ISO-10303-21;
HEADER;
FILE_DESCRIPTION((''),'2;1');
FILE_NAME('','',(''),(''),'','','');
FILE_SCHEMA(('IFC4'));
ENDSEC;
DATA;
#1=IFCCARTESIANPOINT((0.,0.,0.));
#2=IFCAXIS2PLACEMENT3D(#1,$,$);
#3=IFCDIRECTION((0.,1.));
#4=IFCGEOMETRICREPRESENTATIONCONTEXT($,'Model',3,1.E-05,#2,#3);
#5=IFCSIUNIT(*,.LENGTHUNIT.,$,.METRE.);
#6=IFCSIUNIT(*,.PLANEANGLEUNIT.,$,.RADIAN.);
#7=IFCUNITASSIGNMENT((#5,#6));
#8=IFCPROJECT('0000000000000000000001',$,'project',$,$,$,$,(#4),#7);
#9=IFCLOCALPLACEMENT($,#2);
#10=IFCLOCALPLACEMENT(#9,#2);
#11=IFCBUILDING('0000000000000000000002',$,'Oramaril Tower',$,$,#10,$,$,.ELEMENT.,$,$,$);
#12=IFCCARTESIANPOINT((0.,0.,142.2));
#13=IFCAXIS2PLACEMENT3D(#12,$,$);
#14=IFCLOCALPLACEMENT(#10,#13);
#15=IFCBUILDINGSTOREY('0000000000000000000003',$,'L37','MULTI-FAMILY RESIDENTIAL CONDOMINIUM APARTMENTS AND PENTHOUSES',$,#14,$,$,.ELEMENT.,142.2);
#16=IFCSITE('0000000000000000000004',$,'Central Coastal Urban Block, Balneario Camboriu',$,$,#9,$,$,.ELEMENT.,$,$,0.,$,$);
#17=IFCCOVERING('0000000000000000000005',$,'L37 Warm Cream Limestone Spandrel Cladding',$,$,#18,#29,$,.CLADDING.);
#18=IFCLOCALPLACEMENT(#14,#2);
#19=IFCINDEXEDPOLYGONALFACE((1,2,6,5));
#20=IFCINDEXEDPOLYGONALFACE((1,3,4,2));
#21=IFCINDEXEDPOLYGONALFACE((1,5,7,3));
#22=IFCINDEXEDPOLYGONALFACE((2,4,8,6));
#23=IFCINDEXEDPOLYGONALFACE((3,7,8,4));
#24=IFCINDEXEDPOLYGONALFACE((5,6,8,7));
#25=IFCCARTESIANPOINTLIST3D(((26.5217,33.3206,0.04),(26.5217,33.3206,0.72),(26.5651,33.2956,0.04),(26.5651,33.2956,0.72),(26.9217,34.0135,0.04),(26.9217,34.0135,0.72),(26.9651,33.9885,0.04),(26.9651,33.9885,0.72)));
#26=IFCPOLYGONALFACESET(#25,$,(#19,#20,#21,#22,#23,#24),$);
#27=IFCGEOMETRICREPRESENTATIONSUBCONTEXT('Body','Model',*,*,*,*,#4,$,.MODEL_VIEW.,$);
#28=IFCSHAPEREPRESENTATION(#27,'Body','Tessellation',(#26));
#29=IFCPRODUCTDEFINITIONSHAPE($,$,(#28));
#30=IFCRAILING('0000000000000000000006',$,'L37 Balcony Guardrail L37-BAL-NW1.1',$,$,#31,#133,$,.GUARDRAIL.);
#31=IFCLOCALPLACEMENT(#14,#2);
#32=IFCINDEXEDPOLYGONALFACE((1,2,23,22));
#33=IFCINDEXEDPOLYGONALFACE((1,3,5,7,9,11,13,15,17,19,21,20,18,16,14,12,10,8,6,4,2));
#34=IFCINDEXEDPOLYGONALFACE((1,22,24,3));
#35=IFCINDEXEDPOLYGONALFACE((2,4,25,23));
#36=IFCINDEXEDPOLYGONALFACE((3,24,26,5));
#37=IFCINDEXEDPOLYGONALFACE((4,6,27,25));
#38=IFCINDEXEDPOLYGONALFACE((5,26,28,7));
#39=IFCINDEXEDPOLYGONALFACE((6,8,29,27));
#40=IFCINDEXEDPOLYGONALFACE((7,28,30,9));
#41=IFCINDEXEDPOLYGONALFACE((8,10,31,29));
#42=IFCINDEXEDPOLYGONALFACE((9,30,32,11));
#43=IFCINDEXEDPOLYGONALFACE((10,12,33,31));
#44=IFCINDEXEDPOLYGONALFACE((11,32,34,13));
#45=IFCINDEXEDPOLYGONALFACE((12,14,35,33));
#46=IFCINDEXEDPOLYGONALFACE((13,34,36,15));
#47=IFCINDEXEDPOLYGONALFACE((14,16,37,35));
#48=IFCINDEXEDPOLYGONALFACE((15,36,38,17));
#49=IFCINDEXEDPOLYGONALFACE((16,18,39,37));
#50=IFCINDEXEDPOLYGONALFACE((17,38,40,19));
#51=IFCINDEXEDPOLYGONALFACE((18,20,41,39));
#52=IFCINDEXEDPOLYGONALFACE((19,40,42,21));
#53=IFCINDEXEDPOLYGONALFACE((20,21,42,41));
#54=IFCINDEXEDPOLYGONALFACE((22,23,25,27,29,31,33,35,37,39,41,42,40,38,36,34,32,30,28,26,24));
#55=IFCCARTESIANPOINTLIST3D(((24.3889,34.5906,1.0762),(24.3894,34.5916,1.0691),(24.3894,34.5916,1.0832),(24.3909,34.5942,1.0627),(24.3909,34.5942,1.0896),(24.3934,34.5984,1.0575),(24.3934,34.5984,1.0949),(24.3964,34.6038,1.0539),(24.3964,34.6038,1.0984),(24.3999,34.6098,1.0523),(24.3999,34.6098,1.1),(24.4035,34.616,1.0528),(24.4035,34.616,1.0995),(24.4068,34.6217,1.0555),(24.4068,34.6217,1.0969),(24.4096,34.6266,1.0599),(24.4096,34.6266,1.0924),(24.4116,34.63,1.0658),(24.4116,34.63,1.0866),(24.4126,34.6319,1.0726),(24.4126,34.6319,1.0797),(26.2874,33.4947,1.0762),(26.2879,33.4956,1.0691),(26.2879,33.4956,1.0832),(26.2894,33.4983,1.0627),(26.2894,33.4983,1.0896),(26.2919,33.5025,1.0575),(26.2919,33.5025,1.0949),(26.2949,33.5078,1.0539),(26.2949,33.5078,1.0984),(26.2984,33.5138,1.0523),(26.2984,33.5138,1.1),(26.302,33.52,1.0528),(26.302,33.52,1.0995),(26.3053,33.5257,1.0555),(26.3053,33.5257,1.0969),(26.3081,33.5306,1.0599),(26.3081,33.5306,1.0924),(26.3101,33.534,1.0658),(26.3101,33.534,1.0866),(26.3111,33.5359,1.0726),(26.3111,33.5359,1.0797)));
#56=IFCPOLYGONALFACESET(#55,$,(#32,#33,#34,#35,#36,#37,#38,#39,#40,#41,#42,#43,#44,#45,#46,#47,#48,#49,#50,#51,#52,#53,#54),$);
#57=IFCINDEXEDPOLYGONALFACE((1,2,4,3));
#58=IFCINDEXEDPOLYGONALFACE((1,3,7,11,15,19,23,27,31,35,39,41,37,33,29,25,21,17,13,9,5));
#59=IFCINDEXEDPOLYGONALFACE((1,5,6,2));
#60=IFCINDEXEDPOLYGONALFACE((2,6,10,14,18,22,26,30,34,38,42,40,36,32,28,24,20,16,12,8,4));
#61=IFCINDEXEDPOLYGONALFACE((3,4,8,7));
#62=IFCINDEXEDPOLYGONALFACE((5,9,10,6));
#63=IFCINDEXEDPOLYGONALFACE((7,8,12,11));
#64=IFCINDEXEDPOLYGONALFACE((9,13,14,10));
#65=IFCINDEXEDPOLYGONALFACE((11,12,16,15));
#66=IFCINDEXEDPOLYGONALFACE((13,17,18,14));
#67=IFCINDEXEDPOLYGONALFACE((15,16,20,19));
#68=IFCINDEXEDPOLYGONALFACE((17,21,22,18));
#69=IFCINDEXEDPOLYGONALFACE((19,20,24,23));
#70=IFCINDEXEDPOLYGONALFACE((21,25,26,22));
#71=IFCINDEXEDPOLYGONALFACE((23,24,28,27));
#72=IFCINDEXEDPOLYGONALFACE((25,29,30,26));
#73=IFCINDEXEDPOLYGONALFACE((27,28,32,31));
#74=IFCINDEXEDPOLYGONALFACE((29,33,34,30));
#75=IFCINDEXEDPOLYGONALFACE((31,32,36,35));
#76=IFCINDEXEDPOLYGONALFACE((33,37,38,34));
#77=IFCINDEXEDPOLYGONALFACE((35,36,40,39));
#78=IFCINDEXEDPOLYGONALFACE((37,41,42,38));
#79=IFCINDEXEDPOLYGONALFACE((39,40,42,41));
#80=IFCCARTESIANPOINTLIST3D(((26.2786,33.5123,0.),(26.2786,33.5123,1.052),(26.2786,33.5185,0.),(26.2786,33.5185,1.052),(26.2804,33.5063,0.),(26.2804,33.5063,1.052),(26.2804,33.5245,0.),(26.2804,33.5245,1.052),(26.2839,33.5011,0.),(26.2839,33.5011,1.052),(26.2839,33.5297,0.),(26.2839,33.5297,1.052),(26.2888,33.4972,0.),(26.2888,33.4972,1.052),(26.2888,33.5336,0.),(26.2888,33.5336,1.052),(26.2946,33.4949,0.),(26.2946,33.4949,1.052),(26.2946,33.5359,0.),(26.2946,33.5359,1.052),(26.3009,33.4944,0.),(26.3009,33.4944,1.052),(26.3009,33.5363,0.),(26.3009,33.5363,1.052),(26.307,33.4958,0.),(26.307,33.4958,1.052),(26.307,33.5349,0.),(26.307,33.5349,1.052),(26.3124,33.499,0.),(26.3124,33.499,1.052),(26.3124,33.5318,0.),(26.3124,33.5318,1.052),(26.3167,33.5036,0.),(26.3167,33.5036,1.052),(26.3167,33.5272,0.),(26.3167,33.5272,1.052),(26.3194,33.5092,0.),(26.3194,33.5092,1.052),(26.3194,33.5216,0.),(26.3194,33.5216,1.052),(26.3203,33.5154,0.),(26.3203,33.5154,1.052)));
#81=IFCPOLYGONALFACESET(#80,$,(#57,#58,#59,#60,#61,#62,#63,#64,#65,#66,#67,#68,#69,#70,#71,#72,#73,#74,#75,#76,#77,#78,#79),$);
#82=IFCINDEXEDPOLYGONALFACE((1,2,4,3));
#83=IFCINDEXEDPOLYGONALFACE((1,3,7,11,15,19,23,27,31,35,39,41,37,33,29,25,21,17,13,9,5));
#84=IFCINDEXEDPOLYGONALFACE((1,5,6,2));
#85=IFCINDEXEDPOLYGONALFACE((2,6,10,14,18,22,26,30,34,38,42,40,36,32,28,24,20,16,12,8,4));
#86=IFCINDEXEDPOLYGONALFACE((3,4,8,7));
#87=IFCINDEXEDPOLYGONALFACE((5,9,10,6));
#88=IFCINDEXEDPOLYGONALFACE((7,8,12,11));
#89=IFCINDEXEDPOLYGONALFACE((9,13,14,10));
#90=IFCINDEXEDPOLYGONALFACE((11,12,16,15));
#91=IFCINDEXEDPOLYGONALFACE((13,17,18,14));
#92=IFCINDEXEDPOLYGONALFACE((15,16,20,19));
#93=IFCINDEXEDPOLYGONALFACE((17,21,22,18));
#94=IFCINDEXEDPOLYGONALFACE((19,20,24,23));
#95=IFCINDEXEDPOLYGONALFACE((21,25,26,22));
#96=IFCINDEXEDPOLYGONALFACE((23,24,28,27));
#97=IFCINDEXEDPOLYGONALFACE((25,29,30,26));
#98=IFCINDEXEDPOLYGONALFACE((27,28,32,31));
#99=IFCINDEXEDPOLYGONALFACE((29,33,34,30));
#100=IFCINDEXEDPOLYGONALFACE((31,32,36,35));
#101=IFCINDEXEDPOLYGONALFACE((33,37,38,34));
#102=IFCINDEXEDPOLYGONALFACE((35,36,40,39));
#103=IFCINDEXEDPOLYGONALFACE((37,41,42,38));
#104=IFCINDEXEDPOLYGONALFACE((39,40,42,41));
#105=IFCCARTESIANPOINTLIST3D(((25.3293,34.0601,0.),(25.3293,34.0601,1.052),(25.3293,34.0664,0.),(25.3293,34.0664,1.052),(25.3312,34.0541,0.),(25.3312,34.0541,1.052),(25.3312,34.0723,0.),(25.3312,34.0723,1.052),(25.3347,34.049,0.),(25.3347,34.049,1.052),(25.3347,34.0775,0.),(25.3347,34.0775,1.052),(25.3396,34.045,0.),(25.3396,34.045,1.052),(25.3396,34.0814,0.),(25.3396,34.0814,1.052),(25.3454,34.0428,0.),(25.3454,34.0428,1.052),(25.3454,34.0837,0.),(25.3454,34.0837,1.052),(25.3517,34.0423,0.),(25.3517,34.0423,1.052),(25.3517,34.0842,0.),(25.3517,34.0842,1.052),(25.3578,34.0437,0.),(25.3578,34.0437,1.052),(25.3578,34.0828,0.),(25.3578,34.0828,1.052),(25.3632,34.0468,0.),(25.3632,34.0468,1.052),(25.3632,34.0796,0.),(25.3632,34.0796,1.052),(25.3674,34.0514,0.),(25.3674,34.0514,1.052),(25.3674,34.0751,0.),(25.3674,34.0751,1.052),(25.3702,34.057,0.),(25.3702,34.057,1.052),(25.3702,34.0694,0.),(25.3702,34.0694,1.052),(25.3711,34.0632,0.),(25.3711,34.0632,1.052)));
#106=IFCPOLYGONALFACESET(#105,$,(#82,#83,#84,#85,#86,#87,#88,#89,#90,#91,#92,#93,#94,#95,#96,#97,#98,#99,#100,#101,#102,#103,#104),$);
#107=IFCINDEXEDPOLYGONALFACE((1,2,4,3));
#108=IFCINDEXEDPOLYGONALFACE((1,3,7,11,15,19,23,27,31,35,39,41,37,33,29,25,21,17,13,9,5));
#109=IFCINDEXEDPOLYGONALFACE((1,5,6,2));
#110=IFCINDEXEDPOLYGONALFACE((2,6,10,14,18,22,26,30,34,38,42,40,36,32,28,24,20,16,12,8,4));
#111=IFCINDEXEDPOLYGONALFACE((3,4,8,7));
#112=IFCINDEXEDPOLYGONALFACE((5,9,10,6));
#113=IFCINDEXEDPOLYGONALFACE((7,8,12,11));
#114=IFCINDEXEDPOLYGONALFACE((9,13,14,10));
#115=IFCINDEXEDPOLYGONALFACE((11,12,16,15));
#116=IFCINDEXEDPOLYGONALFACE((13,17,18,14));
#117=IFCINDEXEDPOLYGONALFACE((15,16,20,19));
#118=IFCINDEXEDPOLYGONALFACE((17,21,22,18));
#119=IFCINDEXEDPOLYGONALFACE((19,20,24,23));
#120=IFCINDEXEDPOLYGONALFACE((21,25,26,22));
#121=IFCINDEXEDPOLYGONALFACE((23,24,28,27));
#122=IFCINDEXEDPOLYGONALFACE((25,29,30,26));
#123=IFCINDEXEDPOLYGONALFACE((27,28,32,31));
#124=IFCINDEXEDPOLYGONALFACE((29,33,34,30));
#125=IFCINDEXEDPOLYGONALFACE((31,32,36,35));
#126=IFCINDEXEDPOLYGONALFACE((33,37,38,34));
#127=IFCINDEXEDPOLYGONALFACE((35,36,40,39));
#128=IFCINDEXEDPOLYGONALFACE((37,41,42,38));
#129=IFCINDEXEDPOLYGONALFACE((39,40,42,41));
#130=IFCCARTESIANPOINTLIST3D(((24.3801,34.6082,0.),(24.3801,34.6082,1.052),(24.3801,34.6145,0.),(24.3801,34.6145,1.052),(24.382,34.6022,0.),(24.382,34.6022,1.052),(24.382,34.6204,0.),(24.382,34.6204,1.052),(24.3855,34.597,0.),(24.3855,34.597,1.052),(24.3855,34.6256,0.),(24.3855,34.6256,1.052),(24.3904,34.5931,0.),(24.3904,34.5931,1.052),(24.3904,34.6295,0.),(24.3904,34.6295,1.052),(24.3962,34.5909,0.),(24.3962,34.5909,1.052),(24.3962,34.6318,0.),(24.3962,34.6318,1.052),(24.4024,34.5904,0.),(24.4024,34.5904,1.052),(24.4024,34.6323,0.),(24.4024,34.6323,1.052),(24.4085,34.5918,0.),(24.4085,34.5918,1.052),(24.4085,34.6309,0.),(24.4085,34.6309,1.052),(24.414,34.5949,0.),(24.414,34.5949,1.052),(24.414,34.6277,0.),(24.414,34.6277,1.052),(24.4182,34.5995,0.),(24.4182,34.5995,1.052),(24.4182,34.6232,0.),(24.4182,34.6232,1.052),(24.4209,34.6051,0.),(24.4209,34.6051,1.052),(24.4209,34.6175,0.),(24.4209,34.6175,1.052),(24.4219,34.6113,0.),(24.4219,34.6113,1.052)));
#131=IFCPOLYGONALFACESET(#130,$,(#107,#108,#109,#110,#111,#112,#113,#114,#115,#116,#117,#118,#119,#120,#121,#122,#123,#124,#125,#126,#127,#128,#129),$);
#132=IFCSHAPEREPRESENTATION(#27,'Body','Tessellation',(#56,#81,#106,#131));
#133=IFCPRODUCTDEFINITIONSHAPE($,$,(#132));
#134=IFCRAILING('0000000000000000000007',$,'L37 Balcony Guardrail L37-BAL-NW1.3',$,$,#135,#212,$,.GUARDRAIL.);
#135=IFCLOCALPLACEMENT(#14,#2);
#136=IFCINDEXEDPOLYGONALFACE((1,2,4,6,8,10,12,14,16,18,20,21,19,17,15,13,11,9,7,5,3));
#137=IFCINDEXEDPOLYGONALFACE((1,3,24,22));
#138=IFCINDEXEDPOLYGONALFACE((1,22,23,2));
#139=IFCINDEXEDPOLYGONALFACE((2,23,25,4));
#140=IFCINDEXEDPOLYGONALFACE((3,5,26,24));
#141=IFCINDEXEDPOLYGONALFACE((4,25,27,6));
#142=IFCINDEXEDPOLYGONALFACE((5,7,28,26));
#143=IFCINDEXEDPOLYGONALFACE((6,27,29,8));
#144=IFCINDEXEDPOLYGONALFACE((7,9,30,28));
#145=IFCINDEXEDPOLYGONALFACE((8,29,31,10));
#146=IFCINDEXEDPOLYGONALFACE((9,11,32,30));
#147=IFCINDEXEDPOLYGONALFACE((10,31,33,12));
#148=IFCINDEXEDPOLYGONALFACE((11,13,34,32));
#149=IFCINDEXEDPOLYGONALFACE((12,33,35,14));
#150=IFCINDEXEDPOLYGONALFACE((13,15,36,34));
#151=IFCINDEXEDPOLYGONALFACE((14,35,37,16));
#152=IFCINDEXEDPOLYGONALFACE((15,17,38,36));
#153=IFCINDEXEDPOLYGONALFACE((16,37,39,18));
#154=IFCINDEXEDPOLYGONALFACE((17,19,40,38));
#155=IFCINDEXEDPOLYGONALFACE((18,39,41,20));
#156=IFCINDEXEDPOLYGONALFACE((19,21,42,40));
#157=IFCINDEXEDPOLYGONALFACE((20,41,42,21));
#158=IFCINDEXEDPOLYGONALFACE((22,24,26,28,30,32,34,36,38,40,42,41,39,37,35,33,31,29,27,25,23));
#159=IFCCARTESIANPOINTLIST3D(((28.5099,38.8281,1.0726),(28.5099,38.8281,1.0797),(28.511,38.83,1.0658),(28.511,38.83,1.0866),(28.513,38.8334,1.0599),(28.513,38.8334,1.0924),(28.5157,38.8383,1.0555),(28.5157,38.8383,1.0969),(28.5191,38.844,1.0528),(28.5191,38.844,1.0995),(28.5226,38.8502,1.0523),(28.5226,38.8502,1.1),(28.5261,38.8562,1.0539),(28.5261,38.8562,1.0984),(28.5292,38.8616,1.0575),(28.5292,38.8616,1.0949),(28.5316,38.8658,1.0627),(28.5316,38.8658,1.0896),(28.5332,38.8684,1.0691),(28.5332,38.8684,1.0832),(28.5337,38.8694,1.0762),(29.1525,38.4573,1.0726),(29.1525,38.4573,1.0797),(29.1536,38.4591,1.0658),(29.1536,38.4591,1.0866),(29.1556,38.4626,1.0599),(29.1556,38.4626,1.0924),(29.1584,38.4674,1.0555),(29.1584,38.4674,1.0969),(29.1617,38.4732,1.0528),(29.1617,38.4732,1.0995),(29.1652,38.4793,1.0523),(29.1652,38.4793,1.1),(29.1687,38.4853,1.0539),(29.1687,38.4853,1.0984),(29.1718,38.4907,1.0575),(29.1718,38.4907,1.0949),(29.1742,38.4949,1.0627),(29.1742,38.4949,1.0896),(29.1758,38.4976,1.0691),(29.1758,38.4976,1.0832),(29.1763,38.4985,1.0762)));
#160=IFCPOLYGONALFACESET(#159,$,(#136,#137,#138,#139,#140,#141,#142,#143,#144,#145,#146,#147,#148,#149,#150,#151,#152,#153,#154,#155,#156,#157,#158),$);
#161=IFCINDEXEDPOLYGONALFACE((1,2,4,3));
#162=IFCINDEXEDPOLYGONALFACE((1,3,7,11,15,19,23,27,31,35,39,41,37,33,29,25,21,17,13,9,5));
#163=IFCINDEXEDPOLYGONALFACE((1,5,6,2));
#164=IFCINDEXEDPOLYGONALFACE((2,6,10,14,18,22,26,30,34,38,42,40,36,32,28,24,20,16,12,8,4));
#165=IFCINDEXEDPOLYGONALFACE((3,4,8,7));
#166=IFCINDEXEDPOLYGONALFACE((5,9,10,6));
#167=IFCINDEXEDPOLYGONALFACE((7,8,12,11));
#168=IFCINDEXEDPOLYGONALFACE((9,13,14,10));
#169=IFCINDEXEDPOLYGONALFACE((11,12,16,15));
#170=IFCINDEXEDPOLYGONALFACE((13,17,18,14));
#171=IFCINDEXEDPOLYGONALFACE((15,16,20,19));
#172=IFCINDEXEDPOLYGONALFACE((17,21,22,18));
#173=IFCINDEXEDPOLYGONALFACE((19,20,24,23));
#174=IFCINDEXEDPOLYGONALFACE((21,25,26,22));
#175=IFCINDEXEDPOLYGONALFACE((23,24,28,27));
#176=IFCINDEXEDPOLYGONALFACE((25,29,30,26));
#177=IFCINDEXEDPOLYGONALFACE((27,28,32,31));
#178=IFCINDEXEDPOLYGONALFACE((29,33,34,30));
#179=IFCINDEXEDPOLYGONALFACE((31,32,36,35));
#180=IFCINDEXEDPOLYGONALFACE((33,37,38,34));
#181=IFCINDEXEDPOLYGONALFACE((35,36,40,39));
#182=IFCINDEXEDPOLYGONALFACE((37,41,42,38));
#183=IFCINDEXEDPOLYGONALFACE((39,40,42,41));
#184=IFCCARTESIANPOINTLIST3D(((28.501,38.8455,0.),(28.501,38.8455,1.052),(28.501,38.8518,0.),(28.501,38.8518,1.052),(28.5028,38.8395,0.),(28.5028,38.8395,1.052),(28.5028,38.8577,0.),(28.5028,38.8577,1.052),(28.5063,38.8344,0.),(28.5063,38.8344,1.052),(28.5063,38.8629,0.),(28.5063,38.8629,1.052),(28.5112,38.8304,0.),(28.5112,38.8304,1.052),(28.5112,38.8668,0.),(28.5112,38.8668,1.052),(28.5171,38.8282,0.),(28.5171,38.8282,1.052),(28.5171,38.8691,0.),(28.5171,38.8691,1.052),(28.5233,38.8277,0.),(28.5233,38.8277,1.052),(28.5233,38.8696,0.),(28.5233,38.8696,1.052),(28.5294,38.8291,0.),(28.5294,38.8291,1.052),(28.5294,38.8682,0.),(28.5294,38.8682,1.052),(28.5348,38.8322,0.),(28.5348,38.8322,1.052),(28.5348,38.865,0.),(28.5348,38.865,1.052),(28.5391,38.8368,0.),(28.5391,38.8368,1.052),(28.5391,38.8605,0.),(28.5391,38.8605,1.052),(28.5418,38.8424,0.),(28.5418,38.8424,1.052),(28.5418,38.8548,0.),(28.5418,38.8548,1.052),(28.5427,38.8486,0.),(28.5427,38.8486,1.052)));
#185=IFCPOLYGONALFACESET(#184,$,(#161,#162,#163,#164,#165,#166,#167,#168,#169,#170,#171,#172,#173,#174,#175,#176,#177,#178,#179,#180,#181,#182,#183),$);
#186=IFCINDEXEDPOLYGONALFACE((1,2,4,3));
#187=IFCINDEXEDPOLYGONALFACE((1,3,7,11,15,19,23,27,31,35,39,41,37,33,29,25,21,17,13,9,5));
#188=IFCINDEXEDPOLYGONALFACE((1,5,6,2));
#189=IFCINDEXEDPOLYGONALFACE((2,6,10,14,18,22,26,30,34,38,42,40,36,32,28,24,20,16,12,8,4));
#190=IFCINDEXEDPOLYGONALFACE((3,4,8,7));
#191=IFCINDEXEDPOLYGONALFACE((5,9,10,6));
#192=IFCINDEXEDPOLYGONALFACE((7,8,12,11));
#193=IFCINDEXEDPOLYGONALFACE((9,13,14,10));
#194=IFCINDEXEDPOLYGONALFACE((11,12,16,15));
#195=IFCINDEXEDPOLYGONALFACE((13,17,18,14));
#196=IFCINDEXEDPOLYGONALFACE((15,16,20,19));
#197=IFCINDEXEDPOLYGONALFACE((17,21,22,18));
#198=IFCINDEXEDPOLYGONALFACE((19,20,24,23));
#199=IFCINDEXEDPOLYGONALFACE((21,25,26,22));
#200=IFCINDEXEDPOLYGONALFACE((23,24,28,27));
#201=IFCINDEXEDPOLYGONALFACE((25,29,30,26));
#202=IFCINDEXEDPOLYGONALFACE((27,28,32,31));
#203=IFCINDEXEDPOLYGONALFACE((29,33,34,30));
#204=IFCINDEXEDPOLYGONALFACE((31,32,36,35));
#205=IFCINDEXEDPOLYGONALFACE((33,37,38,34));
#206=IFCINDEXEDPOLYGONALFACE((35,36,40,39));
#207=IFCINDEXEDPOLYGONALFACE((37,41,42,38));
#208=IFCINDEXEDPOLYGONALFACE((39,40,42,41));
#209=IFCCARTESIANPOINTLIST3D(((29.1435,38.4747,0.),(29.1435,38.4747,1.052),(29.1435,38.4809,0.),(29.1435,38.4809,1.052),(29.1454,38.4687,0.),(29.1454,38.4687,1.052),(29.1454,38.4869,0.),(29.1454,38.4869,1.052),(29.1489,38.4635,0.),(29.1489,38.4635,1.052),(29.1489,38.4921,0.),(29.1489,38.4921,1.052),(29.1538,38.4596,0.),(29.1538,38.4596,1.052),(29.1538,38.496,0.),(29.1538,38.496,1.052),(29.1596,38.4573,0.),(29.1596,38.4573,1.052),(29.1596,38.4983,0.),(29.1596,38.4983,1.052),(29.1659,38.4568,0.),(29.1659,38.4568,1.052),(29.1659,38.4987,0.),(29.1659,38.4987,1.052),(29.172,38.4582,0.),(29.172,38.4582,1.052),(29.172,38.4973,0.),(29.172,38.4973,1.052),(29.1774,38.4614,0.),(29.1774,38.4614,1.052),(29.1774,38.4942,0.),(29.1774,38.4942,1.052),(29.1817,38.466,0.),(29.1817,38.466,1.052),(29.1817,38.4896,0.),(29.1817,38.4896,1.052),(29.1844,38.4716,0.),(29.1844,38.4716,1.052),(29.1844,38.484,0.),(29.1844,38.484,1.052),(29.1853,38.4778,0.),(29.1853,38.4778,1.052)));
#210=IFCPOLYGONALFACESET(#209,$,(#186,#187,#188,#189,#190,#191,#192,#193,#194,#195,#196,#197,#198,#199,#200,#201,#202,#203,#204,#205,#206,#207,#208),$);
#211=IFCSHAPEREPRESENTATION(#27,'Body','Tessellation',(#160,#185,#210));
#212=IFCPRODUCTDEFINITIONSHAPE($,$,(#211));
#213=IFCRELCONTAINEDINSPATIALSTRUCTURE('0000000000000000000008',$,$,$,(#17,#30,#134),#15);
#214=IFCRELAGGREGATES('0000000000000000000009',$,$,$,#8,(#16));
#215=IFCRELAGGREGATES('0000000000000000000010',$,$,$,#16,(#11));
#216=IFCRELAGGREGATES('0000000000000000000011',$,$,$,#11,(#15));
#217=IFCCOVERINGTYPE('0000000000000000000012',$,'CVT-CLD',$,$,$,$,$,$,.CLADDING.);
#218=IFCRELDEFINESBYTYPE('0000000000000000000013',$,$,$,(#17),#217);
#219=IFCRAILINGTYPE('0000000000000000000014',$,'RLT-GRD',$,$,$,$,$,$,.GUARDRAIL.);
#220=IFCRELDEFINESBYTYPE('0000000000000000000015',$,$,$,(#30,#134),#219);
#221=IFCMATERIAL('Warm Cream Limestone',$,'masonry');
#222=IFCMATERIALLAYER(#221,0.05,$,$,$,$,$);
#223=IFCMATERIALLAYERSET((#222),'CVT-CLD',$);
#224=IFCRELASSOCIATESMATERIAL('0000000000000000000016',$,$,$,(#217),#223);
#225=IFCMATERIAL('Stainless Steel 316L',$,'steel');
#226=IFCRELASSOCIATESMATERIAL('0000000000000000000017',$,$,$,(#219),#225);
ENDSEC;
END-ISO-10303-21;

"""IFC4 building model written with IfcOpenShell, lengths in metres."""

from ifc_helpers import new_model, si_unit, direction, frame, origin, origin_2d, place, context, subcontext, project, spatial, rectangle, circle, extrude, material, layer, layer_set, type_object, element, save


model = new_model("IFC4")

# Units and contexts
model_context = context("Model", 3, precision=1e-05, world=origin(), true_north=direction((0.0, 1.0)))
body_context = subcontext(model_context, "Body", "Model", "MODEL_VIEW")
ifc_project = project(units=[si_unit("LENGTHUNIT", "METRE"), si_unit("PLANEANGLEUNIT", "RADIAN")], contexts=[model_context])

# Site, building, storey
site_placement = place(None, origin())
site = spatial("IfcSite", under=ifc_project, at=site_placement, Name="Central Coastal Urban Block, Balneario Camboriu", CompositionType="ELEMENT", RefElevation=0.0)
building_placement = place(site_placement, origin())
building = spatial("IfcBuilding", under=site, at=building_placement, Name="Oramaril Tower", CompositionType="ELEMENT")
storey_placement = place(building_placement, frame((0.0, 0.0, 142.2)))
storey = spatial("IfcBuildingStorey", under=building, at=storey_placement, Name="L37", Description="MULTI-FAMILY RESIDENTIAL CONDOMINIUM APARTMENTS AND PENTHOUSES", CompositionType="ELEMENT", Elevation=142.2)

# Covering
ifc_material_1 = material(Name="Warm Cream Limestone", Category="masonry")
ifc_layer_1 = layer(ifc_material_1, 0.05)
ifc_layer_set_1 = layer_set([ifc_layer_1], Name="CVT-CLD")
covering_type = type_object("IfcCoveringType", Name="CVT-CLD", PredefinedType="CLADDING", material=ifc_layer_set_1)
covering_1_placement = place(storey_placement, frame((26.7434, 33.6545, 0.04), z_axis=(0.0, 0.0, 1.0), x_axis=(-0.499998, -0.866026, 0.0)))
element("IfcCovering", 1, at=covering_1_placement, inside=storey, type_object=covering_type, Name="L37 Warm Cream Limestone Spandrel Cladding", PredefinedType="CLADDING", context=body_context, shape_type="SweptSolid", body=[
    extrude(rectangle(XDim=0.8, YDim=0.05, at=origin_2d()), origin(), (0.0, 0.0, 1.0), 0.6799),
])

# Railings
ifc_material_2 = material(Name="Stainless Steel 316L", Category="steel")
railing_type = type_object("IfcRailingType", Name="RLT-GRD", PredefinedType="GUARDRAIL", material=ifc_material_2)
railing_1_placement = place(storey_placement, frame((26.2993, 33.5154, 0.0)))
element("IfcRailing", 2, at=railing_1_placement, inside=storey, type_object=railing_type, Name="L37 Balcony Guardrail L37-BAL-NW1.1", PredefinedType="GUARDRAIL", context=body_context, shape_type="SweptSolid", body=[
    extrude(circle(Radius=0.0239, at=origin_2d()), frame((0.0, 0.0, 1.0762), z_axis=(-0.866048, 0.49996, 0.0), x_axis=(-0.49996, -0.866048, 0.0)), (0.0, 0.0, 1.0), 2.1921),
    extrude(circle(Radius=0.021, at=origin_2d()), origin(), (0.0, 0.0, 1.0), 1.052),
    extrude(circle(Radius=0.021, at=origin_2d()), frame((-0.9492, 0.5479, 0.0)), (0.0, 0.0, 1.0), 1.052),
    extrude(circle(Radius=0.021, at=origin_2d()), frame((-1.8984, 1.0959, 0.0)), (0.0, 0.0, 1.0), 1.052),
])
railing_2_placement = place(storey_placement, frame((28.5217, 38.8486, 0.0)))
element("IfcRailing", 3, at=railing_2_placement, inside=storey, type_object=railing_type, Name="L37 Balcony Guardrail L37-BAL-NW1.3", PredefinedType="GUARDRAIL", context=body_context, shape_type="SweptSolid", body=[
    extrude(circle(Radius=0.0239, at=origin_2d()), frame((0.0, 0.0, 1.0762), z_axis=(0.866109, -0.499855, 0.0), x_axis=(0.499855, 0.866109, 0.0)), (0.0, 0.0, 1.0), 0.7419),
    extrude(circle(Radius=0.021, at=origin_2d()), origin(), (0.0, 0.0, 1.0), 1.052),
    extrude(circle(Radius=0.021, at=origin_2d()), frame((0.6426, -0.3708, 0.0)), (0.0, 0.0, 1.0), 1.052),
])

save(model, "model.ifc")
